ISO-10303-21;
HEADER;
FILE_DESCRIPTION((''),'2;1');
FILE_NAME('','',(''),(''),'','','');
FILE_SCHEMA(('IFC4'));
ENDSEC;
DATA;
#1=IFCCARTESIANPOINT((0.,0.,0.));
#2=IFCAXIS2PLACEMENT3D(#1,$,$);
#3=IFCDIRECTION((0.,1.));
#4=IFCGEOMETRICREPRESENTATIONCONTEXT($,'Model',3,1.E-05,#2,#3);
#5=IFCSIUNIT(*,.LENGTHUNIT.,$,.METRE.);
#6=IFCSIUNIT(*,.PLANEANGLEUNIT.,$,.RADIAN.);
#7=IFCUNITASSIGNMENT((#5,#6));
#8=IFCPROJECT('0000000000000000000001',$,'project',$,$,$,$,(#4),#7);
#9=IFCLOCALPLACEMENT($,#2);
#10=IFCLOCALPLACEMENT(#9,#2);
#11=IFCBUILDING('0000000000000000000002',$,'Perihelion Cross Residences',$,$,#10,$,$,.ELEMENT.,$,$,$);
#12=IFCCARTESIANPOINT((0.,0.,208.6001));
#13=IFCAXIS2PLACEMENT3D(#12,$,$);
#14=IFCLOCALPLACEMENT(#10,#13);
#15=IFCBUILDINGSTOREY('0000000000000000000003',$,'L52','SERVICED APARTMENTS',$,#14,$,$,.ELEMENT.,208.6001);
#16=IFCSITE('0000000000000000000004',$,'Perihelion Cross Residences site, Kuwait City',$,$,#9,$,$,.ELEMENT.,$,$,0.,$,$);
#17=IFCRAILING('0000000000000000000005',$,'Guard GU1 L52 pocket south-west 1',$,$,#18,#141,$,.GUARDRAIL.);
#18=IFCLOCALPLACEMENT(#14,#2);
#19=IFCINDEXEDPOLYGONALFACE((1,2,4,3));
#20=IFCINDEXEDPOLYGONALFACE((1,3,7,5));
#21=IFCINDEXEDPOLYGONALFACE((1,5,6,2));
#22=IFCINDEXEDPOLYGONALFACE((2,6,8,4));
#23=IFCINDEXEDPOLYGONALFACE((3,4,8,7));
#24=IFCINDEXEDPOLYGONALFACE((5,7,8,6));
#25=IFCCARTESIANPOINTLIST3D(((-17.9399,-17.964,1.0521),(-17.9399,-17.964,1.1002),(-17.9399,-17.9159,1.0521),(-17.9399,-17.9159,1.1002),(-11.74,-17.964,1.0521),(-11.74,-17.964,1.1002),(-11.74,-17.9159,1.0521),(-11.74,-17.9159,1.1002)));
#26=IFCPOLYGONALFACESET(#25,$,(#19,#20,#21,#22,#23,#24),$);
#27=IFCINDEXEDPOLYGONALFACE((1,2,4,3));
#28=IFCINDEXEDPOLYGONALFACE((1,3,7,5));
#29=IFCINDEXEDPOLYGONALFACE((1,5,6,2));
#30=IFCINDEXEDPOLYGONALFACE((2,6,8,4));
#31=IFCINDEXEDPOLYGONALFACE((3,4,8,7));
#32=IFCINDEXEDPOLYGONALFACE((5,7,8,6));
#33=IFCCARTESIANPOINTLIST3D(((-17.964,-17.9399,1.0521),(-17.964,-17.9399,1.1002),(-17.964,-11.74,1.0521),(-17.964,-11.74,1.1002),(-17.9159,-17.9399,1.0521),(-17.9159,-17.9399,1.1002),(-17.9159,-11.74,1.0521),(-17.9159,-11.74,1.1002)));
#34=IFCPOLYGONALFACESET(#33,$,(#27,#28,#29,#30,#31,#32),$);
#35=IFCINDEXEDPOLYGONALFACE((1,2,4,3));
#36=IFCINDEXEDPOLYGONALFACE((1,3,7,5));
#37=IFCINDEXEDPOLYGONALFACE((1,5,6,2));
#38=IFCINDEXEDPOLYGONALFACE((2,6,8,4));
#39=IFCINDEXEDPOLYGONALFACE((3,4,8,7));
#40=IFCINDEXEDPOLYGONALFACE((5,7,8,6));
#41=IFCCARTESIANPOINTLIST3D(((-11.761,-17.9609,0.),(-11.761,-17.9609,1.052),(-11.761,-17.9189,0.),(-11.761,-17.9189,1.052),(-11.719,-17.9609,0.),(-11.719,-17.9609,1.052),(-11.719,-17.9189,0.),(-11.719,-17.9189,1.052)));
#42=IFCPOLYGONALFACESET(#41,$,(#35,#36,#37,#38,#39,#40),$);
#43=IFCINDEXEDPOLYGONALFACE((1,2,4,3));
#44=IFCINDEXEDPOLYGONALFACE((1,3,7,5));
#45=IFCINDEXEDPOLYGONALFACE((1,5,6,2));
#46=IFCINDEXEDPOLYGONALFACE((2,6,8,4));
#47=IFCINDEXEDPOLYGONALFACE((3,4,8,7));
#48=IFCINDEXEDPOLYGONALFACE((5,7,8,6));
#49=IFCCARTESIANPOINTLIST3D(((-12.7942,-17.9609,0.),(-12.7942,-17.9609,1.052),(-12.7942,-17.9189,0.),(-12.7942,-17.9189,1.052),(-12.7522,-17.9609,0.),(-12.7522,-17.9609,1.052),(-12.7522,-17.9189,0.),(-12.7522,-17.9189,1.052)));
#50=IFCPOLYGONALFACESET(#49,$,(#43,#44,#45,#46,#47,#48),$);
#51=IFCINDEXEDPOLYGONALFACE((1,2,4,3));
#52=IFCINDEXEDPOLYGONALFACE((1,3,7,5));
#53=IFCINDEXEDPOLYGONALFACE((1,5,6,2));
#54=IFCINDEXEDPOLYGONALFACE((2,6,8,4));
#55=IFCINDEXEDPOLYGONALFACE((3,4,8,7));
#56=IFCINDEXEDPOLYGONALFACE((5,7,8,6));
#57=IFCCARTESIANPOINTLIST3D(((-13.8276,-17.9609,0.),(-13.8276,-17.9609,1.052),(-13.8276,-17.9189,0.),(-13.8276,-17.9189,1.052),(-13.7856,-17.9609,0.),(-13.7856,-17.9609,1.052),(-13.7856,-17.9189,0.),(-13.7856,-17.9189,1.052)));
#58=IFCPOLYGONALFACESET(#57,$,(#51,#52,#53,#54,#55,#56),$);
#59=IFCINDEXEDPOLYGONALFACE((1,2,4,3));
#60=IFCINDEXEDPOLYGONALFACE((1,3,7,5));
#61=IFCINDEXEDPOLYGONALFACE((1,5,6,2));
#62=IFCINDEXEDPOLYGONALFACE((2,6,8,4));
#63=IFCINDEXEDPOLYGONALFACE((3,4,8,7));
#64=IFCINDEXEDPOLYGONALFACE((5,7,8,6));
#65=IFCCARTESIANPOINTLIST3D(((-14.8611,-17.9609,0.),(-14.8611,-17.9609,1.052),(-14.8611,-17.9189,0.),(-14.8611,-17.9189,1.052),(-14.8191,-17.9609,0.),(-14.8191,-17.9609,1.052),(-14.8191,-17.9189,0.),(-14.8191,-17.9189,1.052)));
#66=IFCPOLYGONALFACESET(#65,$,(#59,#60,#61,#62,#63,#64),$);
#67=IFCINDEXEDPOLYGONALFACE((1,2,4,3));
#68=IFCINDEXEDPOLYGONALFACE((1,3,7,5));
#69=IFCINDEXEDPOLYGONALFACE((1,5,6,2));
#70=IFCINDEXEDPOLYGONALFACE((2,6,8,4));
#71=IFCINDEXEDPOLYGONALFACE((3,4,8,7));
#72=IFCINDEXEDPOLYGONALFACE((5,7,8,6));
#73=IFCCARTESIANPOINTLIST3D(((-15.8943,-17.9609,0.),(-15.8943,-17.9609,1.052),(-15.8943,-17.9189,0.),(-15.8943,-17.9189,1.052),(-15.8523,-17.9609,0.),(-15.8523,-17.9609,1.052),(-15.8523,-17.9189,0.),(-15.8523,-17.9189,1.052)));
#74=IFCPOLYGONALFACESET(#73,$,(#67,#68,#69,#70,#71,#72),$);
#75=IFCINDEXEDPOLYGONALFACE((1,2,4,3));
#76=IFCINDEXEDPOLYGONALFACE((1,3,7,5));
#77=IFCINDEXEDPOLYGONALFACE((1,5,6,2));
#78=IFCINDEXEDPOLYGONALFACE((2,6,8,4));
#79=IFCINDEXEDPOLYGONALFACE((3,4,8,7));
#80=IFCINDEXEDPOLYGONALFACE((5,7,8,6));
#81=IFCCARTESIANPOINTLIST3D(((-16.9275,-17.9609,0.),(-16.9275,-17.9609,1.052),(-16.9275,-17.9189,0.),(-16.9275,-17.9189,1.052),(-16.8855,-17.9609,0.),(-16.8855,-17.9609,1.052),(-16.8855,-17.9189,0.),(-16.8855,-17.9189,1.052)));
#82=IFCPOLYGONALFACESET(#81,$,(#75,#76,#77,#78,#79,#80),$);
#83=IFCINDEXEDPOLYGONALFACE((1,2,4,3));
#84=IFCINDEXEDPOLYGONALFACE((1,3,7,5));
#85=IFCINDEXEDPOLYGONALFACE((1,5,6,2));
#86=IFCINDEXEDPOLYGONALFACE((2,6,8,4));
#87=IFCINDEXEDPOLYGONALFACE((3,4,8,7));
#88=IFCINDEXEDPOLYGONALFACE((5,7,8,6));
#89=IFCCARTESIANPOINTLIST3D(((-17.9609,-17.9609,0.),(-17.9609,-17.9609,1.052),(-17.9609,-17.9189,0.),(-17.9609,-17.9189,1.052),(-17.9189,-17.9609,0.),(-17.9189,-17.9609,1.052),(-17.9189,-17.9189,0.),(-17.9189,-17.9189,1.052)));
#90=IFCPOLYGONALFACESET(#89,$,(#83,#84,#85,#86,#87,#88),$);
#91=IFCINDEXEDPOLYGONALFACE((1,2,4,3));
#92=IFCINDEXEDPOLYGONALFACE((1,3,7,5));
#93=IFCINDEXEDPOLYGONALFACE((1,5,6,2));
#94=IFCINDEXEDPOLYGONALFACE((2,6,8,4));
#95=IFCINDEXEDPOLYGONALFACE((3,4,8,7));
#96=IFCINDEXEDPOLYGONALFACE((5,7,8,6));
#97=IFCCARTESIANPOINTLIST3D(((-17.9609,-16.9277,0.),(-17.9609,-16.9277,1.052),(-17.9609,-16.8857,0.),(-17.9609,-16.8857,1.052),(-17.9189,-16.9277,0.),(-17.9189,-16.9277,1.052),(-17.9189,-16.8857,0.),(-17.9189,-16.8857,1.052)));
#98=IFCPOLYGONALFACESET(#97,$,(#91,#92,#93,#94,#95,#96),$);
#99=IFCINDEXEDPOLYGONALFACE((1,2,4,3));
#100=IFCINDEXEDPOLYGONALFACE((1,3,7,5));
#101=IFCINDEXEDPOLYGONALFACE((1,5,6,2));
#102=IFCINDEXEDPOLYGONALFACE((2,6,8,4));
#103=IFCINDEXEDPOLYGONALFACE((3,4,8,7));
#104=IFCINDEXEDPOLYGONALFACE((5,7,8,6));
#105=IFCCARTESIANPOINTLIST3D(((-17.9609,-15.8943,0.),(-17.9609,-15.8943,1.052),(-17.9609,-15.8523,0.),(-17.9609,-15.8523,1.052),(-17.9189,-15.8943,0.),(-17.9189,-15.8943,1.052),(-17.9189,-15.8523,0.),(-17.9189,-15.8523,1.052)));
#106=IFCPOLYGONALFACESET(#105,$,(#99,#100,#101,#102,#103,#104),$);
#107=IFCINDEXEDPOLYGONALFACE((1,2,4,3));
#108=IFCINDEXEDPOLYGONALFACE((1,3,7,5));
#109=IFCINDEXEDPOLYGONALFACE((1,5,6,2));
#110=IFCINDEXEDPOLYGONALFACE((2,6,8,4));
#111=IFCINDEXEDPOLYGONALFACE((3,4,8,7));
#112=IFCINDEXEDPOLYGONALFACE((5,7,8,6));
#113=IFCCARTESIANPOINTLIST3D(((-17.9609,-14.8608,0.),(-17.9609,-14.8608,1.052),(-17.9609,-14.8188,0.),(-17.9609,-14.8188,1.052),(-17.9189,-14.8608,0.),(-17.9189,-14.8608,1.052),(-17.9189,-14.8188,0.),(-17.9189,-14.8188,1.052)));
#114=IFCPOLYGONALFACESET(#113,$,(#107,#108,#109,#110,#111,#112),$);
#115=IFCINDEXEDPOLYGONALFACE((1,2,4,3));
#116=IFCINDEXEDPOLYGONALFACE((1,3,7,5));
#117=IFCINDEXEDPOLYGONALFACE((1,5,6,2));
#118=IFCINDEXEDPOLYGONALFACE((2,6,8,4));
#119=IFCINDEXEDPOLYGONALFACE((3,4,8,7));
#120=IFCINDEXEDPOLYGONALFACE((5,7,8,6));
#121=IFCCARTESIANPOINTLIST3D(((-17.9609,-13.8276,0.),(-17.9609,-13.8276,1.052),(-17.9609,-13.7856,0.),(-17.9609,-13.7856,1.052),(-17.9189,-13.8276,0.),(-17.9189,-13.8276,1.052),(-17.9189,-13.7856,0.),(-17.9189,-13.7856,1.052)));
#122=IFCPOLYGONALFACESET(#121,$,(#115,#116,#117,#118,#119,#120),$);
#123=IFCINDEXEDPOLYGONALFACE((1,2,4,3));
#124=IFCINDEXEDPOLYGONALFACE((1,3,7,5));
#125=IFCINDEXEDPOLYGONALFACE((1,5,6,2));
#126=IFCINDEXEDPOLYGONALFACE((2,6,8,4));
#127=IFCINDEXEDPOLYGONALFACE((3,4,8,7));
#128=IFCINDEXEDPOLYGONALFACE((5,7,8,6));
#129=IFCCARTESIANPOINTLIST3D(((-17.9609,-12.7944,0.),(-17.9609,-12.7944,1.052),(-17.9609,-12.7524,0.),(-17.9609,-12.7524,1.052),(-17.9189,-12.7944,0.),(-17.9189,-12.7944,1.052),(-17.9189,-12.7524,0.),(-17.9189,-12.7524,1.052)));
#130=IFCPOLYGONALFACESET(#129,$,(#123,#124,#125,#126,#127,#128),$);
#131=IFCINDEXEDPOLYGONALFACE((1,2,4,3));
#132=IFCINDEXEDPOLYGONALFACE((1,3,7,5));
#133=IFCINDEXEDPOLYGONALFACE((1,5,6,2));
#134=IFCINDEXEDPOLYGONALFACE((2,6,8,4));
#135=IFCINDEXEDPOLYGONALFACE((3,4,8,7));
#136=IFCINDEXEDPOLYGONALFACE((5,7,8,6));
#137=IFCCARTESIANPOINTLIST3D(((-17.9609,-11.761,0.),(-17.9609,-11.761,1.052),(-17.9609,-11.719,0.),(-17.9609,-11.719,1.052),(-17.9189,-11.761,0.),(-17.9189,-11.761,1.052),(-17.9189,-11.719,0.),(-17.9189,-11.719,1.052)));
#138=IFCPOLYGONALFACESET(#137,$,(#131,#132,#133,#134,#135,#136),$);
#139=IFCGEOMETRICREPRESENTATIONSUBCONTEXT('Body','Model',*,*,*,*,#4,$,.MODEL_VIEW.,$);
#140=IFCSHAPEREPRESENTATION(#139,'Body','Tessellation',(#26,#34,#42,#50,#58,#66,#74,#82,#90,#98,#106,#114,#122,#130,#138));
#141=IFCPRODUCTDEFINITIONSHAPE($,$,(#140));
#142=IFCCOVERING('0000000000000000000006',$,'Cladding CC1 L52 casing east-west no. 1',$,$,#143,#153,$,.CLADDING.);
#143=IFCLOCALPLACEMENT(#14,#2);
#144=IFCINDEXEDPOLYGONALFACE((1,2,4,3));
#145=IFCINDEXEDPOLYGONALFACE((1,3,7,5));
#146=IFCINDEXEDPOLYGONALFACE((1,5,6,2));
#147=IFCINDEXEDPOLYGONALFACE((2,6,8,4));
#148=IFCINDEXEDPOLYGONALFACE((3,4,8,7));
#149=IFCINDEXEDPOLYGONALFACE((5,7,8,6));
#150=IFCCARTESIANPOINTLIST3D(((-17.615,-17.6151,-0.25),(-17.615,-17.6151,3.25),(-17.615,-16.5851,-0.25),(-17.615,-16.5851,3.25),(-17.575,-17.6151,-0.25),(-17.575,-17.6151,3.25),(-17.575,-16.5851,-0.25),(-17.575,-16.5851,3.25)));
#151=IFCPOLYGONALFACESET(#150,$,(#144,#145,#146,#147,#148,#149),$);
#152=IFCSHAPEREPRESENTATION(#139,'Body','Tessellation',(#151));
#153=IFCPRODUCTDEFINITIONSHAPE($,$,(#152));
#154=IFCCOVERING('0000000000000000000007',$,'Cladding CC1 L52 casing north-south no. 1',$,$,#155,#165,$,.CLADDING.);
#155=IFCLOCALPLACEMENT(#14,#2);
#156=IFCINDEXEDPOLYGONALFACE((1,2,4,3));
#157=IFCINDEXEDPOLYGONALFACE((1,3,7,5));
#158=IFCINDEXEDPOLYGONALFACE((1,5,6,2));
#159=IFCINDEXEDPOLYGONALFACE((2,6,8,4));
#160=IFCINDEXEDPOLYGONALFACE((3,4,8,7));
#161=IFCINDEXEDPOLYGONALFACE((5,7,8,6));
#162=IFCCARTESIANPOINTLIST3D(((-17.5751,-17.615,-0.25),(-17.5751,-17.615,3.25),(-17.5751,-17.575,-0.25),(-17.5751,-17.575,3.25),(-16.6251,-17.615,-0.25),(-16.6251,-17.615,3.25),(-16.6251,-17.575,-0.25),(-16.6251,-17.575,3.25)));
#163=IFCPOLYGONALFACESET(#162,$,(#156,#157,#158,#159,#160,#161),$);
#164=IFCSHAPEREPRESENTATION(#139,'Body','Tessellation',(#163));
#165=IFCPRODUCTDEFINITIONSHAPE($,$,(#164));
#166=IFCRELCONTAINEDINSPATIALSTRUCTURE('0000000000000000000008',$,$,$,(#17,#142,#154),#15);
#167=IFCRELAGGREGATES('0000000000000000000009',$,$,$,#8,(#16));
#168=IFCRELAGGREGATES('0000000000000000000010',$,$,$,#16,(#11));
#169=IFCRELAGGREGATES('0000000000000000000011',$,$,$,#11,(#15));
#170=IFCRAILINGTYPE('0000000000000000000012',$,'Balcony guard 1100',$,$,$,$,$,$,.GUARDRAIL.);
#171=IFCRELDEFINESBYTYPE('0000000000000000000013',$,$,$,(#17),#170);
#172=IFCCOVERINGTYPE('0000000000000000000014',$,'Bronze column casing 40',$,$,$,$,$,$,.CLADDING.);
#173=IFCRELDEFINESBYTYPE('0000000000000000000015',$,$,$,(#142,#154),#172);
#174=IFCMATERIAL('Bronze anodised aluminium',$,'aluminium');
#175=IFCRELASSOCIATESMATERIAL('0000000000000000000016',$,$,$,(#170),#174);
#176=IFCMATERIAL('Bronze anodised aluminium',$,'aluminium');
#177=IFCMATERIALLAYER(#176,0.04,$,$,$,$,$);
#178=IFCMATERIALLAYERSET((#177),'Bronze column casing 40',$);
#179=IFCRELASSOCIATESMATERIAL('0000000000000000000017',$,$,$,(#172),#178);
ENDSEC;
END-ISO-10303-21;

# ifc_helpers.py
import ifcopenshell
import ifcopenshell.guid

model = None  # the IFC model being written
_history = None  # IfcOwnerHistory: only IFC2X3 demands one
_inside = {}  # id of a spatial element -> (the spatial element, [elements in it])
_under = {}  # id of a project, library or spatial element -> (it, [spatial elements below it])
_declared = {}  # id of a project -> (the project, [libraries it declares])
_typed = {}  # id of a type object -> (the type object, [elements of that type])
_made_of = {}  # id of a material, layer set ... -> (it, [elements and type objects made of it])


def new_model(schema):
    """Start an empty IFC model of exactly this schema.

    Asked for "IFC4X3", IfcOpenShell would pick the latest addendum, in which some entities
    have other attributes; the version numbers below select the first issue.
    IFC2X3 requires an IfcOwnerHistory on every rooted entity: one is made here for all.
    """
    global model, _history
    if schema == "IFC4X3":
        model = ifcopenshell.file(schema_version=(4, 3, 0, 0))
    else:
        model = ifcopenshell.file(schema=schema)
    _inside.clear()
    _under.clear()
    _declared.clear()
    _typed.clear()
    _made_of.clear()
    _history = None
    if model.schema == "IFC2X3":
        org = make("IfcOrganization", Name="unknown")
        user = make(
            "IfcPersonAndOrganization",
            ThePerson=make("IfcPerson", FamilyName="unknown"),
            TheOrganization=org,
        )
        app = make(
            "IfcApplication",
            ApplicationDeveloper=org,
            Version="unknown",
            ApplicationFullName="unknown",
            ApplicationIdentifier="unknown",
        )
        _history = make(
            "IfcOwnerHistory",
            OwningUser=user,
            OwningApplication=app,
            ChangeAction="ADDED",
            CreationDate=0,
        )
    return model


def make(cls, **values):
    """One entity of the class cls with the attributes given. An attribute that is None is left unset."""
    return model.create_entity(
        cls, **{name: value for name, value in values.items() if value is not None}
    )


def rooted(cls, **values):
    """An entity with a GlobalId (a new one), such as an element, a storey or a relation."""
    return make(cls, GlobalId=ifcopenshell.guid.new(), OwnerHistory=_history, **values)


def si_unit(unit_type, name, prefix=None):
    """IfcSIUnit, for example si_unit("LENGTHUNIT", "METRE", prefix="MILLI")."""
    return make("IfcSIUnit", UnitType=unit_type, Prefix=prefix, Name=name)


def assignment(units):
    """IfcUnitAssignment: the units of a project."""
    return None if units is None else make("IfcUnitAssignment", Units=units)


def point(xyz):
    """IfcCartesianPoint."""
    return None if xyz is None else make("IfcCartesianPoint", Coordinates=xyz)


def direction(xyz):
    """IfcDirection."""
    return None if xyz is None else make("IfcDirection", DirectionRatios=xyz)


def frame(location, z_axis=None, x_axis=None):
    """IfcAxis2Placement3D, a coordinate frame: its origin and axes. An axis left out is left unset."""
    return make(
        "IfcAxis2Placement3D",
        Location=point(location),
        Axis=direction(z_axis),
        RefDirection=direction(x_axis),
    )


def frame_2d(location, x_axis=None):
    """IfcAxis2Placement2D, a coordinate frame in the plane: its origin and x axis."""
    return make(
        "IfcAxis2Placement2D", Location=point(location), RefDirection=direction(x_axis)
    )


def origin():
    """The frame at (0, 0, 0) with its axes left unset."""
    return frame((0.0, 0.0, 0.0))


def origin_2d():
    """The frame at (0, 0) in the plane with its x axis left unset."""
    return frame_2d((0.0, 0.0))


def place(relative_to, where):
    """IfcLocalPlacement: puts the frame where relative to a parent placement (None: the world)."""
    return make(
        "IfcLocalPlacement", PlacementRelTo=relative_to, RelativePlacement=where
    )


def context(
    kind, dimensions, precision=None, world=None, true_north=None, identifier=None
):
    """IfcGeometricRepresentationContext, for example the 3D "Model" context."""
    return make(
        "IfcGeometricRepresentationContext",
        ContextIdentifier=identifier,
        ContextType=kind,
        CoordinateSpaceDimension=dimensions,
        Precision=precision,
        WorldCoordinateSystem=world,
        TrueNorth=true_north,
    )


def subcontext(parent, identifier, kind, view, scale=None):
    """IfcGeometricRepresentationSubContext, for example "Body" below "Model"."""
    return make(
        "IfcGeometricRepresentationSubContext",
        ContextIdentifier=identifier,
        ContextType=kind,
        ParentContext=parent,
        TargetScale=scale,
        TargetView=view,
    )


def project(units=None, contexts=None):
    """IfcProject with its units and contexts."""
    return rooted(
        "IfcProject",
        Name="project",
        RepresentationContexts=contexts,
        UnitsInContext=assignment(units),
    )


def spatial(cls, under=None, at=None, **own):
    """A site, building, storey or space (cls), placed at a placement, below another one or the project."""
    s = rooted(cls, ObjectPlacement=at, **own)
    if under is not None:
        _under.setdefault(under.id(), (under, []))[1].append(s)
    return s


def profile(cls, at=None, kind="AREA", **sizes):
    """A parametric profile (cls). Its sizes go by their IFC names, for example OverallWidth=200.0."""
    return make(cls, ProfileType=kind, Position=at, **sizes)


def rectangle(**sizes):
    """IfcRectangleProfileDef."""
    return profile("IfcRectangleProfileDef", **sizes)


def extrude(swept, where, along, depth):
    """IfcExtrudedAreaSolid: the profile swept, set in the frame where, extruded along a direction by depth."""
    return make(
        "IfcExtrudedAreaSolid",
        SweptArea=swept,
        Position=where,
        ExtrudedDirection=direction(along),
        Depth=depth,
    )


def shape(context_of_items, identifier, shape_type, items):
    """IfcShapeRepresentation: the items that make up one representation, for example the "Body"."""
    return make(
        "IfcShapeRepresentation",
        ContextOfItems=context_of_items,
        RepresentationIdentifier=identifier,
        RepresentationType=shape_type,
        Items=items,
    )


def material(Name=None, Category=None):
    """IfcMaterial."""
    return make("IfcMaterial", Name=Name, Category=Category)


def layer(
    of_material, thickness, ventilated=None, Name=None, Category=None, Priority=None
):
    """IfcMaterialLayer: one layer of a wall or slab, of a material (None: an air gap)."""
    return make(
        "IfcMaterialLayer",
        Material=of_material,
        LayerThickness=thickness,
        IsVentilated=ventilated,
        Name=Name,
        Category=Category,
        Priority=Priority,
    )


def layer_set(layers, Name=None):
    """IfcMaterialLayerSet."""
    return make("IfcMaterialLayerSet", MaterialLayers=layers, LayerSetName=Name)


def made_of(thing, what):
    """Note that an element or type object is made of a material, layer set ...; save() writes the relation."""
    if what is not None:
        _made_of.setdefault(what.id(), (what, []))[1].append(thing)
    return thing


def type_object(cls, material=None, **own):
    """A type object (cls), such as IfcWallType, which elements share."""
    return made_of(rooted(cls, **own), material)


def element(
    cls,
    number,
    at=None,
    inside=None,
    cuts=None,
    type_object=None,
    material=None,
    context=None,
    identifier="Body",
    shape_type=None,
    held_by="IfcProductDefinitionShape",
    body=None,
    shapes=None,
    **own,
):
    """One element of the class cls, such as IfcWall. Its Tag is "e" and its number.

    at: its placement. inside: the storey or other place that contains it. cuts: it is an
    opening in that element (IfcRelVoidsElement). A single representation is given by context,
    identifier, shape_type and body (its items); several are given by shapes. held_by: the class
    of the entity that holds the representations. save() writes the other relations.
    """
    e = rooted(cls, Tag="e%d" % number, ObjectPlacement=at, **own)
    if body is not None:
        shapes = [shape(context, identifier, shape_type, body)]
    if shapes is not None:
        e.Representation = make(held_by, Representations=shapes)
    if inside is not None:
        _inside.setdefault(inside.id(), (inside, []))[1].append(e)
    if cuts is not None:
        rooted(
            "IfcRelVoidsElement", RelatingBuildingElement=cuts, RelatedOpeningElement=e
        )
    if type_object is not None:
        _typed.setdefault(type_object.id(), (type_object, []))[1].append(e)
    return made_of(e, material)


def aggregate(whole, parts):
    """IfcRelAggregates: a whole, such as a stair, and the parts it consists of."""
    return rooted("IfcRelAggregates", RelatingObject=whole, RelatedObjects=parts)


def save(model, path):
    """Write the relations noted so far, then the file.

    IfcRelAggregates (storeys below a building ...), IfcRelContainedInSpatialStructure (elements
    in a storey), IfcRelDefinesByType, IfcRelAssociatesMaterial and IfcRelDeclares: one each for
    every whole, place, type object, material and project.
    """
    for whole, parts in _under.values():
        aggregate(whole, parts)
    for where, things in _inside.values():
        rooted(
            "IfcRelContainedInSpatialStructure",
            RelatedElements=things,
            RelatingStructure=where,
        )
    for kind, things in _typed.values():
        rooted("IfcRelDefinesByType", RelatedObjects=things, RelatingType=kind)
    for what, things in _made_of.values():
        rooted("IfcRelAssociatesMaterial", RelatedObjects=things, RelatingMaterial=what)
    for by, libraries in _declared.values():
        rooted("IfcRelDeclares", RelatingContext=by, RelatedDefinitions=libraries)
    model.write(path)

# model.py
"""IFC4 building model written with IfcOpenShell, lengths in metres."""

from ifc_helpers import new_model, si_unit, direction, frame, origin, origin_2d, place, context, subcontext, project, spatial, rectangle, extrude, material, layer, layer_set, type_object, element, save


model = new_model("IFC4")

# Units and contexts
model_context = context("Model", 3, precision=1e-05, world=origin(), true_north=direction((0.0, 1.0)))
body_context = subcontext(model_context, "Body", "Model", "MODEL_VIEW")
ifc_project = project(units=[si_unit("LENGTHUNIT", "METRE"), si_unit("PLANEANGLEUNIT", "RADIAN")], contexts=[model_context])

# Site, building, storey
site_placement = place(None, origin())
site = spatial("IfcSite", under=ifc_project, at=site_placement, Name="Perihelion Cross Residences site, Kuwait City", CompositionType="ELEMENT", RefElevation=0.0)
building_placement = place(site_placement, origin())
building = spatial("IfcBuilding", under=site, at=building_placement, Name="Perihelion Cross Residences", CompositionType="ELEMENT")
storey_placement = place(building_placement, frame((0.0, 0.0, 208.6001)))
storey = spatial("IfcBuildingStorey", under=building, at=storey_placement, Name="L52", Description="SERVICED APARTMENTS", CompositionType="ELEMENT", Elevation=208.6001)

# Railing
ifc_material_1 = material(Name="Bronze anodised aluminium", Category="aluminium")
railing_type = type_object("IfcRailingType", Name="Balcony guard 1100", PredefinedType="GUARDRAIL", material=ifc_material_1)
railing_placement = place(storey_placement, frame((-11.74, -17.9399, 0.0)))
element("IfcRailing", 1, at=railing_placement, inside=storey, type_object=railing_type, Name="Guard GU1 L52 pocket south-west 1", PredefinedType="GUARDRAIL", context=body_context, shape_type="SweptSolid", body=[
    extrude(rectangle(XDim=0.0481, YDim=0.0481, at=origin_2d()), frame((0.0, 0.0, 1.0762), z_axis=(-1.0, 0.0, 0.0), x_axis=(0.0, -1.0, 0.0)), (0.0, 0.0, 1.0), 6.2),
    extrude(rectangle(XDim=0.0481, YDim=0.0481, at=origin_2d()), frame((-6.2, 0.0, 1.0762), z_axis=(0.0, 1.0, 0.0), x_axis=(-1.0, 0.0, 0.0)), (0.0, 0.0, 1.0), 6.2),
    extrude(rectangle(XDim=0.042, YDim=0.042, at=origin_2d()), origin(), (0.0, 0.0, 1.0), 1.052),
    extrude(rectangle(XDim=0.042, YDim=0.042, at=origin_2d()), frame((-1.0332, 0.0, 0.0)), (0.0, 0.0, 1.0), 1.052),
    extrude(rectangle(XDim=0.042, YDim=0.042, at=origin_2d()), frame((-2.0667, 0.0, 0.0)), (0.0, 0.0, 1.0), 1.052),
    extrude(rectangle(XDim=0.042, YDim=0.042, at=origin_2d()), frame((-3.1001, 0.0, 0.0)), (0.0, 0.0, 1.0), 1.052),
    extrude(rectangle(XDim=0.042, YDim=0.042, at=origin_2d()), frame((-4.1333, 0.0, 0.0)), (0.0, 0.0, 1.0), 1.052),
    extrude(rectangle(XDim=0.042, YDim=0.042, at=origin_2d()), frame((-5.1665, 0.0, 0.0)), (0.0, 0.0, 1.0), 1.052),
    extrude(rectangle(XDim=0.042, YDim=0.042, at=origin_2d()), frame((-6.2, 0.0, 0.0)), (0.0, 0.0, 1.0), 1.052),
    extrude(rectangle(XDim=0.042, YDim=0.042, at=origin_2d()), frame((-6.2, 1.0332, 0.0)), (0.0, 0.0, 1.0), 1.052),
    extrude(rectangle(XDim=0.042, YDim=0.042, at=origin_2d()), frame((-6.2, 2.0667, 0.0)), (0.0, 0.0, 1.0), 1.052),
    extrude(rectangle(XDim=0.042, YDim=0.042, at=origin_2d()), frame((-6.2, 3.1001, 0.0)), (0.0, 0.0, 1.0), 1.052),
    extrude(rectangle(XDim=0.042, YDim=0.042, at=origin_2d()), frame((-6.2, 4.1333, 0.0)), (0.0, 0.0, 1.0), 1.052),
    extrude(rectangle(XDim=0.042, YDim=0.042, at=origin_2d()), frame((-6.2, 5.1665, 0.0)), (0.0, 0.0, 1.0), 1.052),
    extrude(rectangle(XDim=0.042, YDim=0.042, at=origin_2d()), frame((-6.2, 6.2, 0.0)), (0.0, 0.0, 1.0), 1.052),
])

# Coverings
ifc_material_2 = material(Name="Bronze anodised aluminium", Category="aluminium")
ifc_layer_1 = layer(ifc_material_2, 0.04)
ifc_layer_set_1 = layer_set([ifc_layer_1], Name="Bronze column casing 40")
covering_type = type_object("IfcCoveringType", Name="Bronze column casing 40", PredefinedType="CLADDING", material=ifc_layer_set_1)
covering_1_placement = place(storey_placement, frame((-17.595, -17.1001, -0.25), z_axis=(0.0, 0.0, 1.0), x_axis=(1.0, 0.0, 0.0)))
element("IfcCovering", 2, at=covering_1_placement, inside=storey, type_object=covering_type, Name="Cladding CC1 L52 casing east-west no. 1", PredefinedType="CLADDING", context=body_context, shape_type="SweptSolid", body=[
    extrude(rectangle(XDim=0.04, YDim=1.03, at=origin_2d()), origin(), (0.0, 0.0, 1.0), 3.5),
])
covering_2_placement = place(storey_placement, frame((-17.1001, -17.595, -0.25), z_axis=(0.0, 0.0, 1.0), x_axis=(1.0, 0.0, 0.0)))
element("IfcCovering", 3, at=covering_2_placement, inside=storey, type_object=covering_type, Name="Cladding CC1 L52 casing north-south no. 1", PredefinedType="CLADDING", context=body_context, shape_type="SweptSolid", body=[
    extrude(rectangle(XDim=0.95, YDim=0.04, at=origin_2d()), origin(), (0.0, 0.0, 1.0), 3.5),
])

save(model, "model.ifc")
